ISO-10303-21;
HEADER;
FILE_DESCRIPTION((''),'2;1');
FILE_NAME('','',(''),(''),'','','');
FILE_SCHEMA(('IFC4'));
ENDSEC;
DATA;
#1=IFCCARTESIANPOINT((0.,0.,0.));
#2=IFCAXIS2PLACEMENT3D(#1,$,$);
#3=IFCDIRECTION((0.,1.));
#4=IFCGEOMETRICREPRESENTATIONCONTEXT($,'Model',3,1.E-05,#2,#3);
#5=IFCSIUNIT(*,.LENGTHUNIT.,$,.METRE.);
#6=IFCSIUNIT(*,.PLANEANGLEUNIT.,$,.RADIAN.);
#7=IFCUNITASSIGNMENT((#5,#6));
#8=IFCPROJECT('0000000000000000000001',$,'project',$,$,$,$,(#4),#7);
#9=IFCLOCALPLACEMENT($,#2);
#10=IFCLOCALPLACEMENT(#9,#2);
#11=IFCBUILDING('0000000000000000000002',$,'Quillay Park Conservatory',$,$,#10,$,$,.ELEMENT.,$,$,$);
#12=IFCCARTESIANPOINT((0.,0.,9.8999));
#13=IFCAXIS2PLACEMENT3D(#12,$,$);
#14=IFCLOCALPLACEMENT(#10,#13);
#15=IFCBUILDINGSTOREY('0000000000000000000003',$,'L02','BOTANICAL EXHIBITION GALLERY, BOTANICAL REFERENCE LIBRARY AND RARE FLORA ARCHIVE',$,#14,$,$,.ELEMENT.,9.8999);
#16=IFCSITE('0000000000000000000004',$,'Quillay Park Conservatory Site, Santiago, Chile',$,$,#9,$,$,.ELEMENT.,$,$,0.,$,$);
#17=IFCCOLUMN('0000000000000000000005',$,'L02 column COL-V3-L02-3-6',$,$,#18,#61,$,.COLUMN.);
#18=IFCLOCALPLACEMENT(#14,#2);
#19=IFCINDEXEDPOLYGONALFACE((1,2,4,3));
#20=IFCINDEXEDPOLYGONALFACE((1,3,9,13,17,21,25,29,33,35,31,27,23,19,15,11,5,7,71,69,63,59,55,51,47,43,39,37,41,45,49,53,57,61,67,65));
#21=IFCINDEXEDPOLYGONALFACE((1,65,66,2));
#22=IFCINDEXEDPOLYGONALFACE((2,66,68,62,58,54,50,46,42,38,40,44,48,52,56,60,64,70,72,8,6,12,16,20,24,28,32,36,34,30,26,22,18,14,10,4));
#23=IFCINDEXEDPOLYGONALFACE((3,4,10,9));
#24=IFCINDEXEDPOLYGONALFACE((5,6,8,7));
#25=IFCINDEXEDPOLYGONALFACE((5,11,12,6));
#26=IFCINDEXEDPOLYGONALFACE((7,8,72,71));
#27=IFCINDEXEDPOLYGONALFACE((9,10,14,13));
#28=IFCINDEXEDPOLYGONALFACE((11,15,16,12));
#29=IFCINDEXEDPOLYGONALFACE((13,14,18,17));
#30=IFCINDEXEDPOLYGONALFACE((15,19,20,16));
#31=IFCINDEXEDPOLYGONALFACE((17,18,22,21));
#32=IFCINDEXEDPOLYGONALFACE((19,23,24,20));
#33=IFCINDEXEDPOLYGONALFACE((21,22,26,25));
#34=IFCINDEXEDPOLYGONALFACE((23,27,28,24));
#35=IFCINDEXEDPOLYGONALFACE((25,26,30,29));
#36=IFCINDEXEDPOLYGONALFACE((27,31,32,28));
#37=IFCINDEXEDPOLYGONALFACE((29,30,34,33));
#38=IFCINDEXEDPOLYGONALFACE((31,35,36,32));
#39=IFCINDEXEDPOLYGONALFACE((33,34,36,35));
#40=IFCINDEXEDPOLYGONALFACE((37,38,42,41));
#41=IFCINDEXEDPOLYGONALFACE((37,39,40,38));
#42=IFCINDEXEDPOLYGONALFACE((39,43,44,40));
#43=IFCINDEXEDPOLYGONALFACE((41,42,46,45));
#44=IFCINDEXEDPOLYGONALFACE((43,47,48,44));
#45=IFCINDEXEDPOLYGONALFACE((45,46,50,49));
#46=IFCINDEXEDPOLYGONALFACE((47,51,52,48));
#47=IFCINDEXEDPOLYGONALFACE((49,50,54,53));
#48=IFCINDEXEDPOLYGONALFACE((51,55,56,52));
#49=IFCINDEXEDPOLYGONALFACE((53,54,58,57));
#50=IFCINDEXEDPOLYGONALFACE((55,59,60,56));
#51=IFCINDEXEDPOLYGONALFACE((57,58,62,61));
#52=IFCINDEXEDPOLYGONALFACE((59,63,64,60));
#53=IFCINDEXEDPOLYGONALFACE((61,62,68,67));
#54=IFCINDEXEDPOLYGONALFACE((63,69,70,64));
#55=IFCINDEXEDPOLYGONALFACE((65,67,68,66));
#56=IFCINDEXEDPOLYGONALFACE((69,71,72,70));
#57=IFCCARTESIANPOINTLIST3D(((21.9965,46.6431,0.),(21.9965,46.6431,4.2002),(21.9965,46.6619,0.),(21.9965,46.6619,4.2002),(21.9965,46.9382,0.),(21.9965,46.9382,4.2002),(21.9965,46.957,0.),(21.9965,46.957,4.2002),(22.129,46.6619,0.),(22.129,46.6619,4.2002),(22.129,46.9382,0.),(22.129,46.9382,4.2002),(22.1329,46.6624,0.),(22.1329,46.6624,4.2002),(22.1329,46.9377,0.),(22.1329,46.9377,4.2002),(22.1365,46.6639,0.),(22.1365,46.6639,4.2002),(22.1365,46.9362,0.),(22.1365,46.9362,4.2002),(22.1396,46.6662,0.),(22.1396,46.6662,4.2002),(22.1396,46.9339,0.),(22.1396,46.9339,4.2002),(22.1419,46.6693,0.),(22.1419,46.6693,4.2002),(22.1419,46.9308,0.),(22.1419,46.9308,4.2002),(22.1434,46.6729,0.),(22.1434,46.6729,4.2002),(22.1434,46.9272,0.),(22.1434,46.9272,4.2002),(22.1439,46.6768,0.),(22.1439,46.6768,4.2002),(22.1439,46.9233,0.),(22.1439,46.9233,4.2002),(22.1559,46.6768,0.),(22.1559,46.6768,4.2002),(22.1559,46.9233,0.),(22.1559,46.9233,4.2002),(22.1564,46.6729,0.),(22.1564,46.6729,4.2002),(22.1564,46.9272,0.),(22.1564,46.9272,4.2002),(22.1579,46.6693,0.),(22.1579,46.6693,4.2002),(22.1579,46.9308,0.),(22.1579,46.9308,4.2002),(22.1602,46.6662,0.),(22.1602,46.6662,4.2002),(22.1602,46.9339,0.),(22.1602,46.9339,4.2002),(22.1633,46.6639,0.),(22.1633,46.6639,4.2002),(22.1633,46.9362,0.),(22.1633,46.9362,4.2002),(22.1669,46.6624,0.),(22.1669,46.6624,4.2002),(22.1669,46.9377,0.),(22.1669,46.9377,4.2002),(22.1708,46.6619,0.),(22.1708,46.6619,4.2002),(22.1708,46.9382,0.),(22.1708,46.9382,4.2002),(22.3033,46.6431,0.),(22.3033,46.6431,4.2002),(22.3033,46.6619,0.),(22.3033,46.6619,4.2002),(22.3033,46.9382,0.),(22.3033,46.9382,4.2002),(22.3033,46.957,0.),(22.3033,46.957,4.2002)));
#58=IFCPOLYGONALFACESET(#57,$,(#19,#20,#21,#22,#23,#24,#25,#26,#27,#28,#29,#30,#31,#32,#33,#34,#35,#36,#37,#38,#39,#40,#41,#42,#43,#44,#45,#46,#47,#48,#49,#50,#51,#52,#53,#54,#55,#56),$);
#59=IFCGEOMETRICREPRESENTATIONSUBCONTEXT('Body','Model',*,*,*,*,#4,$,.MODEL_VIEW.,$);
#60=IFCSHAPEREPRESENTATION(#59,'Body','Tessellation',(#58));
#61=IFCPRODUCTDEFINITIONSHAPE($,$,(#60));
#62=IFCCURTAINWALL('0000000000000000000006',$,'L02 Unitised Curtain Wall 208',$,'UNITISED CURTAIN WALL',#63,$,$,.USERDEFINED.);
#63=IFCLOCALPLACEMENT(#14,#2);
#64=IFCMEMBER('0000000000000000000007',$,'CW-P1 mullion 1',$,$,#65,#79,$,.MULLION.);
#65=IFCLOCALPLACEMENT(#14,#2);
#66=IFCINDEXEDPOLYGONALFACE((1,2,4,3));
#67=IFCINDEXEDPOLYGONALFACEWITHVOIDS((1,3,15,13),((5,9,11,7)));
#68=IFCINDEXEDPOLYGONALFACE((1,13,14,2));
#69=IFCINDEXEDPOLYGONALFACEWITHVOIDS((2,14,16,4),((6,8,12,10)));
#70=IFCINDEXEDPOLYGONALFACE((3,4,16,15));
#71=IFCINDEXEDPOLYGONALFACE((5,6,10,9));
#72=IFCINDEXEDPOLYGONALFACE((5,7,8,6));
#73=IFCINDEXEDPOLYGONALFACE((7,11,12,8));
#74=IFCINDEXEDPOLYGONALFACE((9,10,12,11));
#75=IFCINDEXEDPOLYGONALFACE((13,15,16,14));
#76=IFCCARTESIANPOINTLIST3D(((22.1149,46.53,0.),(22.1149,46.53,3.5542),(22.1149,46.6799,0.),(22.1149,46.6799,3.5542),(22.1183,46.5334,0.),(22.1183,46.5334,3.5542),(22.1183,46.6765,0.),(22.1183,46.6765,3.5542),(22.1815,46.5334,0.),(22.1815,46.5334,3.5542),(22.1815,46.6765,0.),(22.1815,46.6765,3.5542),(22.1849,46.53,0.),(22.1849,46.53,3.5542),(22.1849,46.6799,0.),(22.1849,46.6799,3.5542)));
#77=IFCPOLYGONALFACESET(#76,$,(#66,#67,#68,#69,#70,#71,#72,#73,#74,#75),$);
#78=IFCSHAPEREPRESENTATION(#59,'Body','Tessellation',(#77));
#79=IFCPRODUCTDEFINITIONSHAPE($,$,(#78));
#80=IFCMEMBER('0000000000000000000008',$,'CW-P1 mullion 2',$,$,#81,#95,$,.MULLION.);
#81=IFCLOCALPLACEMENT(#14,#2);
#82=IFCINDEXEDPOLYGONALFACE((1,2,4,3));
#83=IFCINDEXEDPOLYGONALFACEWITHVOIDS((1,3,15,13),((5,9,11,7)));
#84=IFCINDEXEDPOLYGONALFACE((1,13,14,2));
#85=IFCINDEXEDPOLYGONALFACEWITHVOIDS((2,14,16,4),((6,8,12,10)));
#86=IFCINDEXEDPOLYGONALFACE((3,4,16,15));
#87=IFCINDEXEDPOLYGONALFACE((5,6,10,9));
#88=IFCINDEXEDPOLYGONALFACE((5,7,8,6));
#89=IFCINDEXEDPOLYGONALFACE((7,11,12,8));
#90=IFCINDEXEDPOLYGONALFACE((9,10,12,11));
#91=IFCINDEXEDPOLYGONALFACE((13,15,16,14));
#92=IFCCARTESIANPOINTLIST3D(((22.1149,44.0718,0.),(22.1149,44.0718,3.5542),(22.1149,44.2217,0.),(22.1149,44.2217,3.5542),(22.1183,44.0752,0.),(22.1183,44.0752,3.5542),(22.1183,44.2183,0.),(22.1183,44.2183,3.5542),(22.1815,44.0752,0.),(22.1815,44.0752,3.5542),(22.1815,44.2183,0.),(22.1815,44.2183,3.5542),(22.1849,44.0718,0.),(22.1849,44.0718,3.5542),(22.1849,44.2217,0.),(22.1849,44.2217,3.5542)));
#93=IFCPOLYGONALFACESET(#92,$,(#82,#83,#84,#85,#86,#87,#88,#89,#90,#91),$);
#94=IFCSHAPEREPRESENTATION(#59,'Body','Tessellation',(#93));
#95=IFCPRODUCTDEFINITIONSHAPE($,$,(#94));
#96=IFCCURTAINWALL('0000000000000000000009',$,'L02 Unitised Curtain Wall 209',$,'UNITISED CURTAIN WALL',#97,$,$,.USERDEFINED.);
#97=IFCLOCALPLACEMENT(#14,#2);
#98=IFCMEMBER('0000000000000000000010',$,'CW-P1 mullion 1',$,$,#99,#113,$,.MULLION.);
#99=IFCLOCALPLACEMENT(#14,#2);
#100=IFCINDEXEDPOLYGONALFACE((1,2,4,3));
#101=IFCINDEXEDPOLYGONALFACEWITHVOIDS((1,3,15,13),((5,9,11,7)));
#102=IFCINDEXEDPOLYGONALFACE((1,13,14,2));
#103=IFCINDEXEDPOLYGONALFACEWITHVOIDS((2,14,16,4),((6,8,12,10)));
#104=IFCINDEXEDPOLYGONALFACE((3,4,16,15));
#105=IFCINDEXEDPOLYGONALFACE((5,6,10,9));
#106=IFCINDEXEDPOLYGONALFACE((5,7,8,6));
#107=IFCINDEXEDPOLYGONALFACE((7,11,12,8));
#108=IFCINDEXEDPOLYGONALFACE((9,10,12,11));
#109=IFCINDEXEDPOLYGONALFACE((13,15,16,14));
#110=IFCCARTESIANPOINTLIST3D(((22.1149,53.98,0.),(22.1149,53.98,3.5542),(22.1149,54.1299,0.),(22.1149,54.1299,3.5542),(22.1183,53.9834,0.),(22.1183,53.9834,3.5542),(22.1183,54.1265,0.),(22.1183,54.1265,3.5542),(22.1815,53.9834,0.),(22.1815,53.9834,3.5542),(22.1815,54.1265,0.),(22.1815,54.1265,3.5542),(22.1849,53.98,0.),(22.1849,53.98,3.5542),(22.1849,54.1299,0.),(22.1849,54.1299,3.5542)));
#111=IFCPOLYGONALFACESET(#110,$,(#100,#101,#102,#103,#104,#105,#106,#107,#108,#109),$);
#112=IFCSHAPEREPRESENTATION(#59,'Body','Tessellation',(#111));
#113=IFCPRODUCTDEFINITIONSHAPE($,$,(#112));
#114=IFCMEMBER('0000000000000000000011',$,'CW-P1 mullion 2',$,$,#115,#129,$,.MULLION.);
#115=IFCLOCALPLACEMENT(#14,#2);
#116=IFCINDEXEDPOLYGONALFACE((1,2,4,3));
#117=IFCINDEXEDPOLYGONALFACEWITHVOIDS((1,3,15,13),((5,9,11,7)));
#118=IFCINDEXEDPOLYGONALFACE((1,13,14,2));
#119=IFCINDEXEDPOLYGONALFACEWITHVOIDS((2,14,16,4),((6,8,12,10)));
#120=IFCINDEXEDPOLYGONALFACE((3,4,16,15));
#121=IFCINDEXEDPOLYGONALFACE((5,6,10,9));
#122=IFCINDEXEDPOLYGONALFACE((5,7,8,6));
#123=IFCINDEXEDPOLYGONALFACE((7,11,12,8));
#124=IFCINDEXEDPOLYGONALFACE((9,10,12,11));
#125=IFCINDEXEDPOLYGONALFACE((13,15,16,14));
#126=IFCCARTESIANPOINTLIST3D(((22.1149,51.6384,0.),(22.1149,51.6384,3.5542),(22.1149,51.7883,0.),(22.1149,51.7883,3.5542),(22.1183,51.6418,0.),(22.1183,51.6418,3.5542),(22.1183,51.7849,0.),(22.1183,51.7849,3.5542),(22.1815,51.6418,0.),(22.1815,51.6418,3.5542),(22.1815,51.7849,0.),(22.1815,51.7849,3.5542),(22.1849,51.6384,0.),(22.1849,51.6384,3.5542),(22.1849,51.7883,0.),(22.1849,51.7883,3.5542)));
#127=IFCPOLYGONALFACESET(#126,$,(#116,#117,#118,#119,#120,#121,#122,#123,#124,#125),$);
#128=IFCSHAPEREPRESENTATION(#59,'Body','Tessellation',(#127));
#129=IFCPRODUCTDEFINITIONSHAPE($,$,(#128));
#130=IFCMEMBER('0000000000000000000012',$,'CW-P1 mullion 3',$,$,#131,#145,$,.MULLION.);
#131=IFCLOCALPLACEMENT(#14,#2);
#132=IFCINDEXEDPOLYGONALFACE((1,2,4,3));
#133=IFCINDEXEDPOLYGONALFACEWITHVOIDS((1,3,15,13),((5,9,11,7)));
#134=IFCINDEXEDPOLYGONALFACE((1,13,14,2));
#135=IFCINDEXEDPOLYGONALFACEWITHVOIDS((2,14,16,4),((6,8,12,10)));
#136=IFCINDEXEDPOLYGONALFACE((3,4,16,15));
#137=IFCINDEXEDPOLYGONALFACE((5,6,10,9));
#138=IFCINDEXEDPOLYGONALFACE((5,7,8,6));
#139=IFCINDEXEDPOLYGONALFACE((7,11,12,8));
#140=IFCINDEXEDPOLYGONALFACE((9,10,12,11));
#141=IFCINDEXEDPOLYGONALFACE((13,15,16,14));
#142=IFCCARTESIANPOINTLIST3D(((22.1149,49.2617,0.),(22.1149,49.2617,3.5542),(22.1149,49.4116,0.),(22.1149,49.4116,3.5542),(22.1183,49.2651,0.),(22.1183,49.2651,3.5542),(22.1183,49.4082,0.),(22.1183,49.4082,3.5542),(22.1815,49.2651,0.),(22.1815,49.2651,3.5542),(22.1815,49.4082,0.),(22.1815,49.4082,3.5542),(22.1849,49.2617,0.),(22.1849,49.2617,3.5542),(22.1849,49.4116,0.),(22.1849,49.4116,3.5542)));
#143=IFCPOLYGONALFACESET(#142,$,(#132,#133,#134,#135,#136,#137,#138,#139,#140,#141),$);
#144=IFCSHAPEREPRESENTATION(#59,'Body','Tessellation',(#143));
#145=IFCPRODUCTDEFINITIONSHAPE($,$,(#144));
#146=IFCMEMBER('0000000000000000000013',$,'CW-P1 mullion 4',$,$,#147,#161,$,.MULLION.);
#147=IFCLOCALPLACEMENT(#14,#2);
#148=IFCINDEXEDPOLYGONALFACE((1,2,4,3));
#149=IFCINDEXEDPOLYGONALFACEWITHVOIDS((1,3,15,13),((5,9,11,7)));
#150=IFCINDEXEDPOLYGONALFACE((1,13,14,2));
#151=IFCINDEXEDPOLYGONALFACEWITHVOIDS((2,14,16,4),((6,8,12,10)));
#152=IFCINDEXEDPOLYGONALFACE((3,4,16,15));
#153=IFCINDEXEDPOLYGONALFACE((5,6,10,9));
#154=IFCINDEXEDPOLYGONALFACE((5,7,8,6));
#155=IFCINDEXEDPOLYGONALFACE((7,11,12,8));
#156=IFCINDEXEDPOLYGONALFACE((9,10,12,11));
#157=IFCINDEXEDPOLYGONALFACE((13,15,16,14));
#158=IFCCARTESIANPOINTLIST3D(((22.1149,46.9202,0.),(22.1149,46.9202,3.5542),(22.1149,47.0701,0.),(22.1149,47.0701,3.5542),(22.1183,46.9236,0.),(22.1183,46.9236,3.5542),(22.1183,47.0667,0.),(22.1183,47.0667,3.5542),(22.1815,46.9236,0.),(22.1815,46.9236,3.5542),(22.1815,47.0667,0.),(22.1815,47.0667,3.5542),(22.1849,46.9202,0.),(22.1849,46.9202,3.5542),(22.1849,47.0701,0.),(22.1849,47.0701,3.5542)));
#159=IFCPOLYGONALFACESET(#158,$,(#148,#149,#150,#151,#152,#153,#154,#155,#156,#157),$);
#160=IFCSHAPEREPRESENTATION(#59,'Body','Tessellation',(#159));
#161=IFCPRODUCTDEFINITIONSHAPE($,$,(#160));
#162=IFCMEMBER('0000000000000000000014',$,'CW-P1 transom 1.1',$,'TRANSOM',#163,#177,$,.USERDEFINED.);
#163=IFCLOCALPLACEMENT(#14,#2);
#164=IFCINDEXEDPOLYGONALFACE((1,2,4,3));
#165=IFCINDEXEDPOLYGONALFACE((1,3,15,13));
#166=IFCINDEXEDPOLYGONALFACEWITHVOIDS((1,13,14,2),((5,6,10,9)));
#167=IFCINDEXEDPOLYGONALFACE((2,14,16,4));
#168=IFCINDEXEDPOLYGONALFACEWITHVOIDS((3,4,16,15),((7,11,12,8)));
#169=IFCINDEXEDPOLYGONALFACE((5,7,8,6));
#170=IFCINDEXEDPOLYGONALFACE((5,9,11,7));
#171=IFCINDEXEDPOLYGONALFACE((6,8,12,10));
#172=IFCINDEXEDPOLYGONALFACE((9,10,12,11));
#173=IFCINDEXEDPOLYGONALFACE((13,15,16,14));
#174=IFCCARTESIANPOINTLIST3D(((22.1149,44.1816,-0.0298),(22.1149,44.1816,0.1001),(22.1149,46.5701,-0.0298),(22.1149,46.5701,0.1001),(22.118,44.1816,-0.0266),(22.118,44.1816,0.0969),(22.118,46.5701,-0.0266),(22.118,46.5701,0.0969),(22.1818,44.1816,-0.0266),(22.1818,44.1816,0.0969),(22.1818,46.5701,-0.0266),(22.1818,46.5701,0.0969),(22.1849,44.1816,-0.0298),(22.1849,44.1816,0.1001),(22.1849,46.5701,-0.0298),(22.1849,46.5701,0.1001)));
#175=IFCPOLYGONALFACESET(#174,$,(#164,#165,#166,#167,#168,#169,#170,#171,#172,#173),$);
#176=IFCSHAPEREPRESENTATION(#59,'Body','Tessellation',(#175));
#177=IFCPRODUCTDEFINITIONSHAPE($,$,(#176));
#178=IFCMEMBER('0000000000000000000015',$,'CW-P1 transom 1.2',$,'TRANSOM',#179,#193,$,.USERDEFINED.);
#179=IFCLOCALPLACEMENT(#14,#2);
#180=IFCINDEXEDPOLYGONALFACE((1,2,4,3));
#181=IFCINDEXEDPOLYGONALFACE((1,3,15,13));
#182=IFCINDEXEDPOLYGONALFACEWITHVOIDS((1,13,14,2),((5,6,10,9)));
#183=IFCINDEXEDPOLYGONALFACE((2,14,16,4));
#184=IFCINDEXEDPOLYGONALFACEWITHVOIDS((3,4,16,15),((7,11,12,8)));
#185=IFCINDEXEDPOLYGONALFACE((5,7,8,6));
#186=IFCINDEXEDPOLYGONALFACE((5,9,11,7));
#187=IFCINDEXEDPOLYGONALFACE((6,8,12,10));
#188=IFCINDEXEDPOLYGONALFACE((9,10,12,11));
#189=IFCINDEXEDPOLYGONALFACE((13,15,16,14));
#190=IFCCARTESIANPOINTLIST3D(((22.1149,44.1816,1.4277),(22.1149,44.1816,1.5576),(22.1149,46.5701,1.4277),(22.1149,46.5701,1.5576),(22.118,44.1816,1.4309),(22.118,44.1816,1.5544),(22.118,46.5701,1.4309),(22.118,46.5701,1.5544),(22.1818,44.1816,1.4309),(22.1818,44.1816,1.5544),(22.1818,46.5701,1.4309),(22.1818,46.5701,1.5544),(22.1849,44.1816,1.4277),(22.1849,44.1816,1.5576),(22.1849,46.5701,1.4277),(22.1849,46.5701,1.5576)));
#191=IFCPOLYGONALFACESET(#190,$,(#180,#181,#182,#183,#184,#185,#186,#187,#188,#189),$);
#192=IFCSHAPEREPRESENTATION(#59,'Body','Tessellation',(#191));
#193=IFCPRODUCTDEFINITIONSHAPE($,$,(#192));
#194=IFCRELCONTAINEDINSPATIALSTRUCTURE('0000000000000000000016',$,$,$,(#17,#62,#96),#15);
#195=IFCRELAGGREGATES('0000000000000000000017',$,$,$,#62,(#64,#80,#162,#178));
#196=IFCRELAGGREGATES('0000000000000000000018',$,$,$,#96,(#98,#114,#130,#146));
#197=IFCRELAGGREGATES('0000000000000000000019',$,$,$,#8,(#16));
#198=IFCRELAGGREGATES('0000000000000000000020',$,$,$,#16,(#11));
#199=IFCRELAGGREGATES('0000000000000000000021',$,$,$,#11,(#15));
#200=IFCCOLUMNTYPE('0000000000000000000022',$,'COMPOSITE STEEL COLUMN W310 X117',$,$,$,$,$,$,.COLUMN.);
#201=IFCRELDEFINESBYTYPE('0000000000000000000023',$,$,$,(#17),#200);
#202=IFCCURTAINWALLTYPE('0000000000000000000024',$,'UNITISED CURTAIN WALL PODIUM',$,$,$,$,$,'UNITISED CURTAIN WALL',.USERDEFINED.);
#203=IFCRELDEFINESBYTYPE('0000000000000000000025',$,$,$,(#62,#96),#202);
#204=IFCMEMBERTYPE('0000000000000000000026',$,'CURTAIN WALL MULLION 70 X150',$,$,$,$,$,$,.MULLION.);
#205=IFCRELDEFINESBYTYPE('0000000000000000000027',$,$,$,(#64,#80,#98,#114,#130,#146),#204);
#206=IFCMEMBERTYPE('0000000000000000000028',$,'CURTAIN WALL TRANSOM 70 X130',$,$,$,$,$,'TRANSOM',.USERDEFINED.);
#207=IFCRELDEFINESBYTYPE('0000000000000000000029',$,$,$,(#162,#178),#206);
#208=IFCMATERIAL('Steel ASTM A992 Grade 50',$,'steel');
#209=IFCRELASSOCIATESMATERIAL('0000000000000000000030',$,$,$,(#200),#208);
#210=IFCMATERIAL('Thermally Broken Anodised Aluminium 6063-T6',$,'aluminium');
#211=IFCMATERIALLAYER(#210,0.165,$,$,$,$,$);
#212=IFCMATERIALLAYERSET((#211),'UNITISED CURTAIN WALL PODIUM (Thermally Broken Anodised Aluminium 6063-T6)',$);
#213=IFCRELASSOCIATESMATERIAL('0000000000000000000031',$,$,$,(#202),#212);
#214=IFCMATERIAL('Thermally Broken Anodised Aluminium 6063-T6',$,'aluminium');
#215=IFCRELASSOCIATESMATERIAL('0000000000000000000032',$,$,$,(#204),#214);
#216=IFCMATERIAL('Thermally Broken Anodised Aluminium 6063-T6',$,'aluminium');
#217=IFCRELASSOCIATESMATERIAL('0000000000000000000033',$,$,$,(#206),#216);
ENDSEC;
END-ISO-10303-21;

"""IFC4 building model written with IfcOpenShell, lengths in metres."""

from ifc_helpers import new_model, si_unit, direction, frame, origin, origin_2d, place, context, subcontext, project, spatial, hollow_rectangle, i_section, extrude, material, layer, layer_set, material_profile, profile_set, type_object, element, aggregate, save


model = new_model("IFC4")

# Units and contexts
model_context = context("Model", 3, precision=1e-05, world=origin(), true_north=direction((0.0, 1.0)))
body_context = subcontext(model_context, "Body", "Model", "MODEL_VIEW")
ifc_project = project(units=[si_unit("LENGTHUNIT", "METRE"), si_unit("PLANEANGLEUNIT", "RADIAN")], contexts=[model_context])

# Site, building, storey
site_placement = place(None, origin())
site = spatial("IfcSite", under=ifc_project, at=site_placement, Name="Quillay Park Conservatory Site, Santiago, Chile", CompositionType="ELEMENT", RefElevation=0.0)
building_placement = place(site_placement, origin())
building = spatial("IfcBuilding", under=site, at=building_placement, Name="Quillay Park Conservatory", CompositionType="ELEMENT")
storey_placement = place(building_placement, frame((0.0, 0.0, 9.8999)))
storey = spatial("IfcBuildingStorey", under=building, at=storey_placement, Name="L02", Description="BOTANICAL EXHIBITION GALLERY, BOTANICAL REFERENCE LIBRARY AND RARE FLORA ARCHIVE", CompositionType="ELEMENT", Elevation=9.8999)

# Column
ifc_material_1 = material(Name="Steel ASTM A992 Grade 50", Category="steel")
ifc_material_profile_1 = material_profile(ifc_material_1, i_section(OverallWidth=0.3069, OverallDepth=0.314, WebThickness=0.012, FlangeThickness=0.0188, FilletRadius=0.0149, at=origin_2d()), Name="W310x117")
ifc_profile_set_1 = profile_set([ifc_material_profile_1], Name="Steel ASTM A992 Grade 50")
column_type = type_object("IfcColumnType", Name="COMPOSITE STEEL COLUMN W310 X117", PredefinedType="COLUMN", material=ifc_profile_set_1)
column_placement = place(storey_placement, frame((22.1499, 46.8, 0.0), z_axis=(0.0, 0.0, 1.0), x_axis=(1.0, 0.0, 0.0)))
element("IfcColumn", 1, at=column_placement, inside=storey, type_object=column_type, Name="L02 column COL-V3-L02-3-6", PredefinedType="COLUMN", context=body_context, shape_type="SweptSolid", body=[
    extrude(i_section(OverallWidth=0.3069, OverallDepth=0.314, WebThickness=0.012, FlangeThickness=0.0188, FilletRadius=0.0149, at=origin_2d()), origin(), (0.0, 0.0, 1.0), 4.2002),
])

# Curtain walls, members
ifc_material_2 = material(Name="Thermally Broken Anodised Aluminium 6063-T6", Category="aluminium")
ifc_layer_1 = layer(ifc_material_2, 0.165)
ifc_layer_set_1 = layer_set([ifc_layer_1], Name="UNITISED CURTAIN WALL PODIUM (Thermally Broken Anodised Aluminium 6063-T6)")
curtain_wall_type = type_object("IfcCurtainWallType", Name="UNITISED CURTAIN WALL PODIUM", ElementType="UNITISED CURTAIN WALL", PredefinedType="USERDEFINED", material=ifc_layer_set_1)
curtain_wall_1_placement = place(storey_placement, origin())
curtain_wall_1 = element("IfcCurtainWall", 2, at=curtain_wall_1_placement, inside=storey, type_object=curtain_wall_type, Name="L02 Unitised Curtain Wall 208", ObjectType="UNITISED CURTAIN WALL", PredefinedType="USERDEFINED")
ifc_material_3 = material(Name="Thermally Broken Anodised Aluminium 6063-T6", Category="aluminium")
ifc_material_profile_2 = material_profile(ifc_material_3, hollow_rectangle(XDim=0.0701, YDim=0.1499, WallThickness=0.0034, at=origin_2d()), Name="AL70x150x3.5")
ifc_profile_set_2 = profile_set([ifc_material_profile_2], Name="Thermally Broken Anodised Aluminium 6063-T6")
member_type_1 = type_object("IfcMemberType", Name="CURTAIN WALL MULLION 70 X150", PredefinedType="MULLION", material=ifc_profile_set_2)
member_1_placement = place(storey_placement, frame((22.1499, 46.605, 0.0), z_axis=(0.0, 0.0, 1.0), x_axis=(1.0, 0.0, 0.0)))
member_1 = element("IfcMember", 3, at=member_1_placement, type_object=member_type_1, Name="CW-P1 mullion 1", PredefinedType="MULLION", context=body_context, shape_type="SweptSolid", body=[
    extrude(hollow_rectangle(XDim=0.0701, YDim=0.1499, WallThickness=0.0034, at=origin_2d()), origin(), (0.0, 0.0, 1.0), 3.5542),
])
member_2_placement = place(storey_placement, frame((22.1499, 44.1467, 0.0), z_axis=(0.0, 0.0, 1.0), x_axis=(1.0, 0.0, 0.0)))
member_2 = element("IfcMember", 4, at=member_2_placement, type_object=member_type_1, Name="CW-P1 mullion 2", PredefinedType="MULLION", context=body_context, shape_type="SweptSolid", body=[
    extrude(hollow_rectangle(XDim=0.0701, YDim=0.1499, WallThickness=0.0034, at=origin_2d()), origin(), (0.0, 0.0, 1.0), 3.5542),
])
curtain_wall_2_placement = place(storey_placement, origin())
curtain_wall_2 = element("IfcCurtainWall", 5, at=curtain_wall_2_placement, inside=storey, type_object=curtain_wall_type, Name="L02 Unitised Curtain Wall 209", ObjectType="UNITISED CURTAIN WALL", PredefinedType="USERDEFINED")
member_3_placement = place(storey_placement, frame((22.1499, 54.0549, 0.0), z_axis=(0.0, 0.0, 1.0), x_axis=(1.0, 0.0, 0.0)))
member_3 = element("IfcMember", 6, at=member_3_placement, type_object=member_type_1, Name="CW-P1 mullion 1", PredefinedType="MULLION", context=body_context, shape_type="SweptSolid", body=[
    extrude(hollow_rectangle(XDim=0.0701, YDim=0.1499, WallThickness=0.0034, at=origin_2d()), origin(), (0.0, 0.0, 1.0), 3.5542),
])
member_4_placement = place(storey_placement, frame((22.1499, 51.7134, 0.0), z_axis=(0.0, 0.0, 1.0), x_axis=(1.0, 0.0, 0.0)))
member_4 = element("IfcMember", 7, at=member_4_placement, type_object=member_type_1, Name="CW-P1 mullion 2", PredefinedType="MULLION", context=body_context, shape_type="SweptSolid", body=[
    extrude(hollow_rectangle(XDim=0.0701, YDim=0.1499, WallThickness=0.0034, at=origin_2d()), origin(), (0.0, 0.0, 1.0), 3.5542),
])
member_5_placement = place(storey_placement, frame((22.1499, 49.3367, 0.0), z_axis=(0.0, 0.0, 1.0), x_axis=(1.0, 0.0, 0.0)))
member_5 = element("IfcMember", 8, at=member_5_placement, type_object=member_type_1, Name="CW-P1 mullion 3", PredefinedType="MULLION", context=body_context, shape_type="SweptSolid", body=[
    extrude(hollow_rectangle(XDim=0.0701, YDim=0.1499, WallThickness=0.0034, at=origin_2d()), origin(), (0.0, 0.0, 1.0), 3.5542),
])
member_6_placement = place(storey_placement, frame((22.1499, 46.9951, 0.0), z_axis=(0.0, 0.0, 1.0), x_axis=(1.0, 0.0, 0.0)))
member_6 = element("IfcMember", 9, at=member_6_placement, type_object=member_type_1, Name="CW-P1 mullion 4", PredefinedType="MULLION", context=body_context, shape_type="SweptSolid", body=[
    extrude(hollow_rectangle(XDim=0.0701, YDim=0.1499, WallThickness=0.0034, at=origin_2d()), origin(), (0.0, 0.0, 1.0), 3.5542),
])

# Members
ifc_material_4 = material(Name="Thermally Broken Anodised Aluminium 6063-T6", Category="aluminium")
ifc_material_profile_3 = material_profile(ifc_material_4, hollow_rectangle(XDim=0.0701, YDim=0.1299, WallThickness=0.0032, at=origin_2d()), Name="AL70x130x3.2")
ifc_profile_set_3 = profile_set([ifc_material_profile_3], Name="Thermally Broken Anodised Aluminium 6063-T6")
member_type_2 = type_object("IfcMemberType", Name="CURTAIN WALL TRANSOM 70 X130", ElementType="TRANSOM", PredefinedType="USERDEFINED", material=ifc_profile_set_3)
member_7_placement = place(storey_placement, frame((22.1499, 46.5701, 0.0352), z_axis=(0.0, -1.0, 0.0), x_axis=(1.0, 0.0, 0.0)))
member_7 = element("IfcMember", 10, at=member_7_placement, type_object=member_type_2, Name="CW-P1 transom 1.1", ObjectType="TRANSOM", PredefinedType="USERDEFINED", context=body_context, shape_type="SweptSolid", body=[
    extrude(hollow_rectangle(XDim=0.0701, YDim=0.1299, WallThickness=0.0032, at=origin_2d()), origin(), (0.0, 0.0, 1.0), 2.3884),
])
member_8_placement = place(storey_placement, frame((22.1499, 46.5701, 1.4927), z_axis=(0.0, -1.0, 0.0), x_axis=(1.0, 0.0, 0.0)))
member_8 = element("IfcMember", 11, at=member_8_placement, type_object=member_type_2, Name="CW-P1 transom 1.2", ObjectType="TRANSOM", PredefinedType="USERDEFINED", context=body_context, shape_type="SweptSolid", body=[
    extrude(hollow_rectangle(XDim=0.0701, YDim=0.1299, WallThickness=0.0032, at=origin_2d()), origin(), (0.0, 0.0, 1.0), 2.3884),
])

aggregate(curtain_wall_1, [member_1, member_2, member_7, member_8])
aggregate(curtain_wall_2, [member_3, member_4, member_5, member_6])

save(model, "model.ifc")
